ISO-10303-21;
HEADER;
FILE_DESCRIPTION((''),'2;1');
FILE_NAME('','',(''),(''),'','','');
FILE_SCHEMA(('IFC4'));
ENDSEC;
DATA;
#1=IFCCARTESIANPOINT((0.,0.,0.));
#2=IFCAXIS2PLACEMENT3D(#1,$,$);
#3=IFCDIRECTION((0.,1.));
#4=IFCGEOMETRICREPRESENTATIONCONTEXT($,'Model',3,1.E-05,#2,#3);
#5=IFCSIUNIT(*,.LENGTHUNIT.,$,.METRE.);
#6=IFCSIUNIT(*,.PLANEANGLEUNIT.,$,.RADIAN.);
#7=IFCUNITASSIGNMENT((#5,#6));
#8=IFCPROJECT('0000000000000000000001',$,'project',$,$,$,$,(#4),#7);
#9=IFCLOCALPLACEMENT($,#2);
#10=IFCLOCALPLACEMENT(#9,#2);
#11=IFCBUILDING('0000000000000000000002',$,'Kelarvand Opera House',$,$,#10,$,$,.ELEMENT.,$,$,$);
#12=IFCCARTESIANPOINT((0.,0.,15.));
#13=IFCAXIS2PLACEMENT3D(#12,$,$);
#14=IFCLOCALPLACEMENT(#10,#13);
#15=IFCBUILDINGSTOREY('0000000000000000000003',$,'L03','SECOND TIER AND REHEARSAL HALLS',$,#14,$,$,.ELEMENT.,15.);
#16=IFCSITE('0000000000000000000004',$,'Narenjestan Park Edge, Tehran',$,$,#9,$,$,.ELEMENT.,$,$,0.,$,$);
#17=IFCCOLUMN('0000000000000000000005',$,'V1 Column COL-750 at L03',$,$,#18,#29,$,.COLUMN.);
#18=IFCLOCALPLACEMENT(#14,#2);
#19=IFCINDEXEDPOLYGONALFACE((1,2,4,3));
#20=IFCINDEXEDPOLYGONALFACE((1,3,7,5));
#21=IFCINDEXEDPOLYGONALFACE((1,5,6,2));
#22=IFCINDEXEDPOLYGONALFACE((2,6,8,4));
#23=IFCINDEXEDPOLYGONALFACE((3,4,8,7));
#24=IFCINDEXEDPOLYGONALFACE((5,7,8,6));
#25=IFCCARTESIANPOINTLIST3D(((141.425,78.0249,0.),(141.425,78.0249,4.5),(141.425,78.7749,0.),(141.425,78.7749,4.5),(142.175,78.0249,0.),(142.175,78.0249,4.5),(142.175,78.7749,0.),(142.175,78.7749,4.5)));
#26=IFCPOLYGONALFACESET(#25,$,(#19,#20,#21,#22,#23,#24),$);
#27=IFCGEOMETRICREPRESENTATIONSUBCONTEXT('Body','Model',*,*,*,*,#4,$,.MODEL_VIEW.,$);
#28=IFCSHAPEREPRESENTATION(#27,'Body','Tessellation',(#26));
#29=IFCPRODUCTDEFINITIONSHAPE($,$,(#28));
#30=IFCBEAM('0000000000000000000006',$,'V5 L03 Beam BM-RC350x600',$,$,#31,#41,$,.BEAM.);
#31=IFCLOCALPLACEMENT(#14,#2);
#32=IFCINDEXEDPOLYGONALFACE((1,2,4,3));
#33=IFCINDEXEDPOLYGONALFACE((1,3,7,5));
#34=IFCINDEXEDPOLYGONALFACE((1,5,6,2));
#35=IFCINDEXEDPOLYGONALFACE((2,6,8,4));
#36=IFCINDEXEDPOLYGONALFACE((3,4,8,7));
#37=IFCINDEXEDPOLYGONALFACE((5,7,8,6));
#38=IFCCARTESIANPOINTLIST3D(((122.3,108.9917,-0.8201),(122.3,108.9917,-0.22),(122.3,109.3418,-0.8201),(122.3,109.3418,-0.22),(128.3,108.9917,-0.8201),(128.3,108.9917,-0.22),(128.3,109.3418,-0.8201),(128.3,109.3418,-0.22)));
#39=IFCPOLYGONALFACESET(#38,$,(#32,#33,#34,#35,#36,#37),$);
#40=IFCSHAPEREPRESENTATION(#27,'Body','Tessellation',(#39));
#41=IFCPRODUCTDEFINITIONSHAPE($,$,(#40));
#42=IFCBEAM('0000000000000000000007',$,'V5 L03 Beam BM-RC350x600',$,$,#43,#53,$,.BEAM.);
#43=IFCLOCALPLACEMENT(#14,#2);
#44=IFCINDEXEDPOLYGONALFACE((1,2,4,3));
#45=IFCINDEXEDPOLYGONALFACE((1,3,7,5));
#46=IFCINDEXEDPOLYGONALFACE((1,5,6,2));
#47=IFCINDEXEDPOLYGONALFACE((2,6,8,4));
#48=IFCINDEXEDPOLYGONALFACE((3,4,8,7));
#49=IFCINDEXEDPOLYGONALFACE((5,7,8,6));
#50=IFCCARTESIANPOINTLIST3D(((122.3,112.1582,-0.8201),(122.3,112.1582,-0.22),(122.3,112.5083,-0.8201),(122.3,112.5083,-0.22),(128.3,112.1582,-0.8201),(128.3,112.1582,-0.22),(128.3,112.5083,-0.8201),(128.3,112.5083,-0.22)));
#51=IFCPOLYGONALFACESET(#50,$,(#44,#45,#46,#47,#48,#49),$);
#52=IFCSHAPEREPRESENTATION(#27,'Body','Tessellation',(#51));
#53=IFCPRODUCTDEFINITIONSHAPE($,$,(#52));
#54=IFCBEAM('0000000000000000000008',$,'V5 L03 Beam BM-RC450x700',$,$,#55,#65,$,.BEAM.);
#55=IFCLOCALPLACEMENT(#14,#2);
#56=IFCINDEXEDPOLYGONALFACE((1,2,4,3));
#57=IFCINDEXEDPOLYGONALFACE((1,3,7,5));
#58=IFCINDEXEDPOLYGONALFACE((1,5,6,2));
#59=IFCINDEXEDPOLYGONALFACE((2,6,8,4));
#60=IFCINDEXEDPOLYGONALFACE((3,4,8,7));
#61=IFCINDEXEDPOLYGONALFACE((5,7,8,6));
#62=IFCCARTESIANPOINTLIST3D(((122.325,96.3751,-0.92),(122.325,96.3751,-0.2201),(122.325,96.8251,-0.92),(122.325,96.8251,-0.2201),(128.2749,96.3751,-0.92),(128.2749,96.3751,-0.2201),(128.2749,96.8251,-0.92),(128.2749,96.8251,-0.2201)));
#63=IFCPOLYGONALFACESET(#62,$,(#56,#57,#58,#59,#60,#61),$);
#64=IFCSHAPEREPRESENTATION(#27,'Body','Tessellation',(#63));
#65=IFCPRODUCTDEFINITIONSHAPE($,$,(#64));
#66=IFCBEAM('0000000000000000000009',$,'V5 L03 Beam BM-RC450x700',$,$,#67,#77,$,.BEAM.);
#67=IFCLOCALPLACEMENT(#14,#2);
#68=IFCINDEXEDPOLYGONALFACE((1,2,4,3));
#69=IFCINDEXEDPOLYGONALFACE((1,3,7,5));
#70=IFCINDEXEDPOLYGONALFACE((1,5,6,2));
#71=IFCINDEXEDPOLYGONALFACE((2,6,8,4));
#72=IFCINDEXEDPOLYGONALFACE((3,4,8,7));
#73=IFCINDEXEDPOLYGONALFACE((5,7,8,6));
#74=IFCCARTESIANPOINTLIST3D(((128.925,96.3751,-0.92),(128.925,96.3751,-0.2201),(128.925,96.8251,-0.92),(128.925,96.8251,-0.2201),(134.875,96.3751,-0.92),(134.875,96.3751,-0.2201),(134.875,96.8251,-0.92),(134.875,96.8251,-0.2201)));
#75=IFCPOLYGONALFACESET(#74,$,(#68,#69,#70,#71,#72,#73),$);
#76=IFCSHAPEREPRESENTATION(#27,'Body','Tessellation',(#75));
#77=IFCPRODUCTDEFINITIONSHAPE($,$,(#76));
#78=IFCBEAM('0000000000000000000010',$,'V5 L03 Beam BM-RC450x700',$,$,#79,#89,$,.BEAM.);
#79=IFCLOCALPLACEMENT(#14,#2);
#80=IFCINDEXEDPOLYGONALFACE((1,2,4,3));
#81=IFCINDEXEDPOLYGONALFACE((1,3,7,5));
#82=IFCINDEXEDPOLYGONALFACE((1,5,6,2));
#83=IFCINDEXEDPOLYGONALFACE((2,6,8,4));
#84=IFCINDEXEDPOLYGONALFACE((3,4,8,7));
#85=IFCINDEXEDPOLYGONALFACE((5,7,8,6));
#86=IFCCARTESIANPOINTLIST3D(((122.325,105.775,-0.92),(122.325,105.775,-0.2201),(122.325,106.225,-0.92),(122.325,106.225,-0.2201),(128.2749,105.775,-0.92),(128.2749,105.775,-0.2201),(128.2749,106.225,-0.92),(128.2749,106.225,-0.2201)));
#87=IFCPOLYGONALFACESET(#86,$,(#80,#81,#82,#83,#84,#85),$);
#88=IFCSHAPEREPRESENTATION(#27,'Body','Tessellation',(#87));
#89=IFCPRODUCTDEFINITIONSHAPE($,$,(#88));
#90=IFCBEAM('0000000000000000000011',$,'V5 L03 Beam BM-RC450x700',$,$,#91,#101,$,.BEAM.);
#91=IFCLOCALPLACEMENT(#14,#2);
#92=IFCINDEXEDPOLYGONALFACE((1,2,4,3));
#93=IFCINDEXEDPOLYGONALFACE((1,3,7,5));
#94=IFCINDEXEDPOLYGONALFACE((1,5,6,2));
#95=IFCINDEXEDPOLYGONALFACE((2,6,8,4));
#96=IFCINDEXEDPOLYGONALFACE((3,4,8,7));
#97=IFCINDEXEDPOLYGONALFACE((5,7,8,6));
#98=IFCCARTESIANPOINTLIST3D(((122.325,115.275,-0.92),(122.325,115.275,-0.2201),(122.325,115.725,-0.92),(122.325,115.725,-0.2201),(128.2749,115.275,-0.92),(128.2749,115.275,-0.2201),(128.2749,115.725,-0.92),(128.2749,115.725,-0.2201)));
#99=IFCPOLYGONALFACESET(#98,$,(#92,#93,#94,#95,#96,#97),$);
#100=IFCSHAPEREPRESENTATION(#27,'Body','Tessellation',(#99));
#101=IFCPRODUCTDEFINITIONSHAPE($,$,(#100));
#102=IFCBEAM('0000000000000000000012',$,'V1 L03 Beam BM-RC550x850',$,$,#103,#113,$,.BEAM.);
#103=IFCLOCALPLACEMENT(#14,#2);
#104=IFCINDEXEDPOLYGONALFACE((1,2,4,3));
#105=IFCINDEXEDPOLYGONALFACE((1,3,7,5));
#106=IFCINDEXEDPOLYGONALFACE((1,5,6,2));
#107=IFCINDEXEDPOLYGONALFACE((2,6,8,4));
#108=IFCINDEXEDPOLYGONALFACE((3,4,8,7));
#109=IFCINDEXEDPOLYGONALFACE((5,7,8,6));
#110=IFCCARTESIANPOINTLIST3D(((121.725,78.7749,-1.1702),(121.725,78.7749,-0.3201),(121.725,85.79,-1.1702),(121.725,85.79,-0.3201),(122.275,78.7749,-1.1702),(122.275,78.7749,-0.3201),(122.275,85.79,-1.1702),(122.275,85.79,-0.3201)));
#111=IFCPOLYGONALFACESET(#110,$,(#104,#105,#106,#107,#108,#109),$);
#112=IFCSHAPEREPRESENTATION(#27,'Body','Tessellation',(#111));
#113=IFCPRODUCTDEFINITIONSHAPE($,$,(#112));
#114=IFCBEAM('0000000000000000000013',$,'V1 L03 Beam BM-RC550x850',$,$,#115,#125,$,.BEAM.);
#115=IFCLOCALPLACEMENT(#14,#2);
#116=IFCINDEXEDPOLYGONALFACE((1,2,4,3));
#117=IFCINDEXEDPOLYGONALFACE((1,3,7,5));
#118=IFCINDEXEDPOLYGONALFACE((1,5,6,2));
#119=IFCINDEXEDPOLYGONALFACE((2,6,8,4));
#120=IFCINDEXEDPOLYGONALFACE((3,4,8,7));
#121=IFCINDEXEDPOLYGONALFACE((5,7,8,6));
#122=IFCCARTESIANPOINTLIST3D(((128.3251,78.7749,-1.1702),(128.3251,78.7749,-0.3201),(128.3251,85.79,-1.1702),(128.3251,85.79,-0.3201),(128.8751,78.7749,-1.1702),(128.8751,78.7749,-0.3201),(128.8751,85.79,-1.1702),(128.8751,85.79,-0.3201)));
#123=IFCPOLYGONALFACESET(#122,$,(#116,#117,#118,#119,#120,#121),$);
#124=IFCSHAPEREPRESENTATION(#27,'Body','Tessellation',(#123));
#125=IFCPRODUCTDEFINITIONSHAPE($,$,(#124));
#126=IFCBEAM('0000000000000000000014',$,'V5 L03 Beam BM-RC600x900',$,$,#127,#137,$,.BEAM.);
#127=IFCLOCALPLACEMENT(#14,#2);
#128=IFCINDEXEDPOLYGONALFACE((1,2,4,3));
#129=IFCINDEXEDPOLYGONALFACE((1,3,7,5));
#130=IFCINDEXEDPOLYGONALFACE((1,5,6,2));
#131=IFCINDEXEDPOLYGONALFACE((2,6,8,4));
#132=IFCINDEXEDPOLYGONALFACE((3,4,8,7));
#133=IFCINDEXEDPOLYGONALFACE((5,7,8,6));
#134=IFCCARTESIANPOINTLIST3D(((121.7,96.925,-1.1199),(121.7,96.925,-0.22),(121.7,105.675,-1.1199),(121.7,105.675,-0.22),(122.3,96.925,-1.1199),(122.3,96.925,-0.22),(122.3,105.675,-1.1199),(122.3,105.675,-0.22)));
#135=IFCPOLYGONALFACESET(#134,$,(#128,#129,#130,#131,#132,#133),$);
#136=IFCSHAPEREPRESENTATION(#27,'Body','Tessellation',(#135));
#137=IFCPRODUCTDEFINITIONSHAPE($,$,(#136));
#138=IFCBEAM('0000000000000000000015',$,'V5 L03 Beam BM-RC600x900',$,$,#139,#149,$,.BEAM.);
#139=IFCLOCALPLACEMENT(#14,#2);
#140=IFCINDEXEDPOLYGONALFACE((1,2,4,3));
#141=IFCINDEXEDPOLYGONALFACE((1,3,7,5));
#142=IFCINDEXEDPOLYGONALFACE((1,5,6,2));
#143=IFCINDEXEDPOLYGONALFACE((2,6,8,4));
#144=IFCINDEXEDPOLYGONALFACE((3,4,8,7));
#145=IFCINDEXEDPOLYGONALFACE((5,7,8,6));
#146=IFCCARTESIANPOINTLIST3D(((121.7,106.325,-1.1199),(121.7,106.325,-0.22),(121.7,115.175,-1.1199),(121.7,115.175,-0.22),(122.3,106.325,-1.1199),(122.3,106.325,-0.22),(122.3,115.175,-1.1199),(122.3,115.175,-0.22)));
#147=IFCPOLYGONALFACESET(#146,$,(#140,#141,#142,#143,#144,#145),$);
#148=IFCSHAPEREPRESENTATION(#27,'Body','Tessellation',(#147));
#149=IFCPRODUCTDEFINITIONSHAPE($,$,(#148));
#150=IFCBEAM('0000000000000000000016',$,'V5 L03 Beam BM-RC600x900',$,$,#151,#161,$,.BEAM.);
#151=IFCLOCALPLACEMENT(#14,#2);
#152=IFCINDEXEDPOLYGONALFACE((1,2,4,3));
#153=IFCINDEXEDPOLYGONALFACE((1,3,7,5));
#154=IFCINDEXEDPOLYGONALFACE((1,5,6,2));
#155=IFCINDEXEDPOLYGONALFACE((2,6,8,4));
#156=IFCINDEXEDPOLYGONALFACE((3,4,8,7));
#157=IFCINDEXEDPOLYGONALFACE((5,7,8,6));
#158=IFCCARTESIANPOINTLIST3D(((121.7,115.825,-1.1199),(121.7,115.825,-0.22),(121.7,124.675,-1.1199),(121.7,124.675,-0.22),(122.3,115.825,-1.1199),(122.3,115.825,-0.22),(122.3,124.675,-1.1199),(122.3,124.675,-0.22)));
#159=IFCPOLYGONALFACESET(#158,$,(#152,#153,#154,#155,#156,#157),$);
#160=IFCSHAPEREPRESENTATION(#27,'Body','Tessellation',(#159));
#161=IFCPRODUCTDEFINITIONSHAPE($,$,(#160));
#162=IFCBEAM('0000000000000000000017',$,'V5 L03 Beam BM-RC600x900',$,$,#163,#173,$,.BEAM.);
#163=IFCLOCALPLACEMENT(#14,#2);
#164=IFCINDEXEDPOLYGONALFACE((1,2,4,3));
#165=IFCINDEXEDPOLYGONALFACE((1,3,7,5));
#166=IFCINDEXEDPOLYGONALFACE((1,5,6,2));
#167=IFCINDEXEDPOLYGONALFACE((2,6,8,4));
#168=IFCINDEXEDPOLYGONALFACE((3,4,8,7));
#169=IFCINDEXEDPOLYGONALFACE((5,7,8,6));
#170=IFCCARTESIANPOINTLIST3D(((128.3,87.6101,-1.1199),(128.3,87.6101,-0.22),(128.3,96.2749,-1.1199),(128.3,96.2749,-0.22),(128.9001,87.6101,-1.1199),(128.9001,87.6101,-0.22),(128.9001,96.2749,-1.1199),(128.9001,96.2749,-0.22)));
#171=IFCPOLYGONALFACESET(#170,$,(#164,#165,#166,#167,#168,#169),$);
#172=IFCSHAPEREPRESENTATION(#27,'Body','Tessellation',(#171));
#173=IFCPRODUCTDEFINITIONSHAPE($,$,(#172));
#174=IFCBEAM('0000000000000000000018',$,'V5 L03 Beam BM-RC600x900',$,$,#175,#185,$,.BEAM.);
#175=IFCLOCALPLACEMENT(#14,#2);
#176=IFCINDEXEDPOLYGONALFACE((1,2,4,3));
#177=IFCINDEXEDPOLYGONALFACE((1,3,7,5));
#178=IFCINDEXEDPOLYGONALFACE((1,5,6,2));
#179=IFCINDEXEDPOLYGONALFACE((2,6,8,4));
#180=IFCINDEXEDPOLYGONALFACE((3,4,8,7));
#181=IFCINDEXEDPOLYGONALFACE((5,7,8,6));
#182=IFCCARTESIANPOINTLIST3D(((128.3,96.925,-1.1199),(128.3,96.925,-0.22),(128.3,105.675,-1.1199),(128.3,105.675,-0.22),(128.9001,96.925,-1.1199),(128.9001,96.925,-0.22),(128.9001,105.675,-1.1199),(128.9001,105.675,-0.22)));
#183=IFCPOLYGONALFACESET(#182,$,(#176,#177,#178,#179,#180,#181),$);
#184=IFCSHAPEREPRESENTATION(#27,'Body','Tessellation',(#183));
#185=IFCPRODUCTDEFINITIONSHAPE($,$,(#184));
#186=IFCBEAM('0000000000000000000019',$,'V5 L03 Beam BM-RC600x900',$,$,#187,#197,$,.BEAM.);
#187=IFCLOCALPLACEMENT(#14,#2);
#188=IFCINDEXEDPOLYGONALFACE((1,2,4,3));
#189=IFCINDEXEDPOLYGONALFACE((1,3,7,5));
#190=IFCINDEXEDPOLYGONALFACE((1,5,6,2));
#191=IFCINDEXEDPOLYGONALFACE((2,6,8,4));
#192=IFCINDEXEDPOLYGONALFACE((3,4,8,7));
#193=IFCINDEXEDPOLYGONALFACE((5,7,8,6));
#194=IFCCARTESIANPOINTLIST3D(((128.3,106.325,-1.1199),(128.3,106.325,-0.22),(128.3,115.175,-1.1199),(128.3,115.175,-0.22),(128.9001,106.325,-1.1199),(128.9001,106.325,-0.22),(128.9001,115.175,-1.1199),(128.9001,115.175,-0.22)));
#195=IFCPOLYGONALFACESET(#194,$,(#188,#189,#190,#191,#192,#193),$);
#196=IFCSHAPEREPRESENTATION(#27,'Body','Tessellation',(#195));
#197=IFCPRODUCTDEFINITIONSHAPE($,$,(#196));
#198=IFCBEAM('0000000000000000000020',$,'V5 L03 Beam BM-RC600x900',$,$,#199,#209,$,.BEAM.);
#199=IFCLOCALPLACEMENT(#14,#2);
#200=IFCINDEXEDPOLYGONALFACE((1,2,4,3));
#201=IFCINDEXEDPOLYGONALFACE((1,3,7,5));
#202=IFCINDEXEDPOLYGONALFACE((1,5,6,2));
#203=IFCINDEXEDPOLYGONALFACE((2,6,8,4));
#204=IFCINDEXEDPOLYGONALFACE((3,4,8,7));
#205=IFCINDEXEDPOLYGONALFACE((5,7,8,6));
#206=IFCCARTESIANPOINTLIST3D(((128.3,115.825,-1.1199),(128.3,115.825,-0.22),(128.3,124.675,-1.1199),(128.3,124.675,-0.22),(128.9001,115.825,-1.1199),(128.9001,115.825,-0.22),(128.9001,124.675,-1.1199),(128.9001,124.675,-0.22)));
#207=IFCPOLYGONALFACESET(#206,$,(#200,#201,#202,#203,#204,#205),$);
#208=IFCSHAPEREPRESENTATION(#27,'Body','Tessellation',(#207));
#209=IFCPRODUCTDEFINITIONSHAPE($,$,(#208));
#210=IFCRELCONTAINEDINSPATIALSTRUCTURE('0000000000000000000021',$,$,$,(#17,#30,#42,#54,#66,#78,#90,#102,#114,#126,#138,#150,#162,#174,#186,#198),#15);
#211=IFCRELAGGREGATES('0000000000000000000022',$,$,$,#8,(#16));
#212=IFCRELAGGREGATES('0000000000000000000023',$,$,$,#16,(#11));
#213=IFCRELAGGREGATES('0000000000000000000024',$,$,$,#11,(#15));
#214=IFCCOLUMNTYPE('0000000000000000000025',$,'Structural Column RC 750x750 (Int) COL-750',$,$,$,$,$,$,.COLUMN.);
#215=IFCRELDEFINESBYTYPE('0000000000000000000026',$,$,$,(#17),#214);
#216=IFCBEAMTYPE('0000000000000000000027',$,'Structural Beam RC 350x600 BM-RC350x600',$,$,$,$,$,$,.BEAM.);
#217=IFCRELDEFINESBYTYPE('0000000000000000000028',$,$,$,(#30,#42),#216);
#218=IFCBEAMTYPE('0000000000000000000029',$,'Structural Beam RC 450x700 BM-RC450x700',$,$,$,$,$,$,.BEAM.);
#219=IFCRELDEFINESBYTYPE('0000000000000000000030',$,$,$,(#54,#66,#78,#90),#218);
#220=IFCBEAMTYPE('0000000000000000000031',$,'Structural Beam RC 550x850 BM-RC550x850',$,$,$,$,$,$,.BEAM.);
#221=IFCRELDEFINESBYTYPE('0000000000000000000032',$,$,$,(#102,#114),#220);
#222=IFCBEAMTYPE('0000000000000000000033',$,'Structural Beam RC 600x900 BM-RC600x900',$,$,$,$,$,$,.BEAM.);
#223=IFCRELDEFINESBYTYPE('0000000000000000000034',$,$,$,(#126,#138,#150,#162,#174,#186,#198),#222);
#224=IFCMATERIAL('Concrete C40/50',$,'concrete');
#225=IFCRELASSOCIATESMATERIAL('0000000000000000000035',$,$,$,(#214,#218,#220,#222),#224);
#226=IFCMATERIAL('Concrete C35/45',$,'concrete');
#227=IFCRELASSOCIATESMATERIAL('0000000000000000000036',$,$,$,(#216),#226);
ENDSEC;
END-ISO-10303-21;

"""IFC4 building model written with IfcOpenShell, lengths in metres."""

from ifc_helpers import new_model, si_unit, direction, frame, origin, origin_2d, place, context, subcontext, project, spatial, rectangle, extrude, material, material_profile, profile_set, type_object, element, save


model = new_model("IFC4")

# Units and contexts
model_context = context("Model", 3, precision=1e-05, world=origin(), true_north=direction((0.0, 1.0)))
body_context = subcontext(model_context, "Body", "Model", "MODEL_VIEW")
ifc_project = project(units=[si_unit("LENGTHUNIT", "METRE"), si_unit("PLANEANGLEUNIT", "RADIAN")], contexts=[model_context])

# Site, building, storey
site_placement = place(None, origin())
site = spatial("IfcSite", under=ifc_project, at=site_placement, Name="Narenjestan Park Edge, Tehran", CompositionType="ELEMENT", RefElevation=0.0)
building_placement = place(site_placement, origin())
building = spatial("IfcBuilding", under=site, at=building_placement, Name="Kelarvand Opera House", CompositionType="ELEMENT")
storey_placement = place(building_placement, frame((0.0, 0.0, 15.0)))
storey = spatial("IfcBuildingStorey", under=building, at=storey_placement, Name="L03", Description="SECOND TIER AND REHEARSAL HALLS", CompositionType="ELEMENT", Elevation=15.0)

# Column
ifc_material_1 = material(Name="Concrete C40/50", Category="concrete")
ifc_material_profile_1 = material_profile(ifc_material_1, rectangle(XDim=0.75, YDim=0.75, at=origin_2d()), Name="RC 750x750", Category="concrete")
ifc_profile_set_1 = profile_set([ifc_material_profile_1], Name="Concrete C40/50")
column_type = type_object("IfcColumnType", Name="Structural Column RC 750x750 (Int) COL-750", PredefinedType="COLUMN", material=ifc_profile_set_1)
column_placement = place(storey_placement, frame((141.8, 78.3999, 0.0), z_axis=(0.0, 0.0, 1.0), x_axis=(1.0, 0.0, 0.0)))
element("IfcColumn", 1, at=column_placement, inside=storey, type_object=column_type, Name="V1 Column COL-750 at L03", PredefinedType="COLUMN", context=body_context, shape_type="SweptSolid", body=[
    extrude(rectangle(XDim=0.75, YDim=0.75, at=origin_2d()), origin(), (0.0, 0.0, 1.0), 4.5),
])

# Beams
ifc_material_2 = material(Name="Concrete C35/45", Category="concrete")
ifc_material_profile_2 = material_profile(ifc_material_2, rectangle(XDim=0.3501, YDim=0.6001, at=origin_2d()), Name="RC 350x600", Category="concrete")
ifc_profile_set_2 = profile_set([ifc_material_profile_2], Name="Concrete C35/45")
beam_type_1 = type_object("IfcBeamType", Name="Structural Beam RC 350x600 BM-RC350x600", PredefinedType="BEAM", material=ifc_profile_set_2)
for number, where, z_axis, x_axis, name in (
    (2, (122.3, 109.1667, -0.52), (1.0, 0.0, 0.0), (0.0, 1.0, 0.0), "V5 L03 Beam BM-RC350x600"),
    (3, (122.3, 112.3333, -0.52), (1.0, 0.0, 0.0), (0.0, 1.0, 0.0), "V5 L03 Beam BM-RC350x600"),
):
    element("IfcBeam", number, at=place(storey_placement, frame(where, z_axis=z_axis, x_axis=x_axis)), inside=storey, type_object=beam_type_1, Name=name, PredefinedType="BEAM", context=body_context, shape_type="SweptSolid", body=[
        extrude(rectangle(XDim=0.3501, YDim=0.6001, at=origin_2d()), origin(), (0.0, 0.0, 1.0), 6.0),
    ])
ifc_material_profile_3 = material_profile(ifc_material_1, rectangle(XDim=0.45, YDim=0.7, at=origin_2d()), Name="RC 450x700", Category="concrete")
ifc_profile_set_3 = profile_set([ifc_material_profile_3], Name="Concrete C40/50")
beam_type_2 = type_object("IfcBeamType", Name="Structural Beam RC 450x700 BM-RC450x700", PredefinedType="BEAM", material=ifc_profile_set_3)
for number, where, z_axis, x_axis, name in (
    (4, (122.325, 96.6001, -0.5701), (1.0, 0.0, 0.0), (0.0, 1.0, 0.0), "V5 L03 Beam BM-RC450x700"),
    (5, (128.925, 96.6001, -0.5701), (1.0, 0.0, 0.0), (0.0, 1.0, 0.0), "V5 L03 Beam BM-RC450x700"),
    (6, (122.325, 106.0, -0.5701), (1.0, 0.0, 0.0), (0.0, 1.0, 0.0), "V5 L03 Beam BM-RC450x700"),
    (7, (122.325, 115.5, -0.5701), (1.0, 0.0, 0.0), (0.0, 1.0, 0.0), "V5 L03 Beam BM-RC450x700"),
):
    element("IfcBeam", number, at=place(storey_placement, frame(where, z_axis=z_axis, x_axis=x_axis)), inside=storey, type_object=beam_type_2, Name=name, PredefinedType="BEAM", context=body_context, shape_type="SweptSolid", body=[
        extrude(rectangle(XDim=0.45, YDim=0.7, at=origin_2d()), origin(), (0.0, 0.0, 1.0), 5.95),
    ])
ifc_material_profile_4 = material_profile(ifc_material_1, rectangle(XDim=0.55, YDim=0.8501, at=origin_2d()), Name="RC 550x850", Category="concrete")
ifc_profile_set_4 = profile_set([ifc_material_profile_4], Name="Concrete C40/50")
beam_type_3 = type_object("IfcBeamType", Name="Structural Beam RC 550x850 BM-RC550x850", PredefinedType="BEAM", material=ifc_profile_set_4)
for number, where, z_axis, x_axis, name in (
    (8, (122.0, 78.7749, -0.7451), (0.0, 1.0, 0.0), (-1.0, 0.0, 0.0), "V1 L03 Beam BM-RC550x850"),
    (9, (128.6001, 78.7749, -0.7451), (0.0, 1.0, 0.0), (-1.0, 0.0, 0.0), "V1 L03 Beam BM-RC550x850"),
):
    element("IfcBeam", number, at=place(storey_placement, frame(where, z_axis=z_axis, x_axis=x_axis)), inside=storey, type_object=beam_type_3, Name=name, PredefinedType="BEAM", context=body_context, shape_type="SweptSolid", body=[
        extrude(rectangle(XDim=0.55, YDim=0.8501, at=origin_2d()), origin(), (0.0, 0.0, 1.0), 7.0151),
    ])
ifc_material_profile_5 = material_profile(ifc_material_1, rectangle(XDim=0.6001, YDim=0.8999, at=origin_2d()), Name="RC 600x900", Category="concrete")
ifc_profile_set_5 = profile_set([ifc_material_profile_5], Name="Concrete C40/50")
beam_type_4 = type_object("IfcBeamType", Name="Structural Beam RC 600x900 BM-RC600x900", PredefinedType="BEAM", material=ifc_profile_set_5)
beam_1_placement = place(storey_placement, frame((122.0, 96.925, -0.6699), z_axis=(0.0, 1.0, 0.0), x_axis=(-1.0, 0.0, 0.0)))
element("IfcBeam", 10, at=beam_1_placement, inside=storey, type_object=beam_type_4, Name="V5 L03 Beam BM-RC600x900", PredefinedType="BEAM", context=body_context, shape_type="SweptSolid", body=[
    extrude(rectangle(XDim=0.6001, YDim=0.8999, at=origin_2d()), origin(), (0.0, 0.0, 1.0), 8.75),
])
for number, where, z_axis, x_axis, name in (
    (11, (122.0, 106.325, -0.6699), (0.0, 1.0, 0.0), (-1.0, 0.0, 0.0), "V5 L03 Beam BM-RC600x900"),
    (12, (122.0, 115.825, -0.6699), (0.0, 1.0, 0.0), (-1.0, 0.0, 0.0), "V5 L03 Beam BM-RC600x900"),
):
    element("IfcBeam", number, at=place(storey_placement, frame(where, z_axis=z_axis, x_axis=x_axis)), inside=storey, type_object=beam_type_4, Name=name, PredefinedType="BEAM", context=body_context, shape_type="SweptSolid", body=[
        extrude(rectangle(XDim=0.6001, YDim=0.8999, at=origin_2d()), origin(), (0.0, 0.0, 1.0), 8.8501),
    ])
beam_2_placement = place(storey_placement, frame((128.6001, 87.6101, -0.6699), z_axis=(0.0, 1.0, 0.0), x_axis=(-1.0, 0.0, 0.0)))
element("IfcBeam", 13, at=beam_2_placement, inside=storey, type_object=beam_type_4, Name="V5 L03 Beam BM-RC600x900", PredefinedType="BEAM", context=body_context, shape_type="SweptSolid", body=[
    extrude(rectangle(XDim=0.6001, YDim=0.8999, at=origin_2d()), origin(), (0.0, 0.0, 1.0), 8.6648),
])
beam_3_placement = place(storey_placement, frame((128.6001, 96.925, -0.6699), z_axis=(0.0, 1.0, 0.0), x_axis=(-1.0, 0.0, 0.0)))
element("IfcBeam", 14, at=beam_3_placement, inside=storey, type_object=beam_type_4, Name="V5 L03 Beam BM-RC600x900", PredefinedType="BEAM", context=body_context, shape_type="SweptSolid", body=[
    extrude(rectangle(XDim=0.6001, YDim=0.8999, at=origin_2d()), origin(), (0.0, 0.0, 1.0), 8.75),
])
for number, where, z_axis, x_axis, name in (
    (15, (128.6001, 106.325, -0.6699), (0.0, 1.0, 0.0), (-1.0, 0.0, 0.0), "V5 L03 Beam BM-RC600x900"),
    (16, (128.6001, 115.825, -0.6699), (0.0, 1.0, 0.0), (-1.0, 0.0, 0.0), "V5 L03 Beam BM-RC600x900"),
):
    element("IfcBeam", number, at=place(storey_placement, frame(where, z_axis=z_axis, x_axis=x_axis)), inside=storey, type_object=beam_type_4, Name=name, PredefinedType="BEAM", context=body_context, shape_type="SweptSolid", body=[
        extrude(rectangle(XDim=0.6001, YDim=0.8999, at=origin_2d()), origin(), (0.0, 0.0, 1.0), 8.8501),
    ])

save(model, "model.ifc")
